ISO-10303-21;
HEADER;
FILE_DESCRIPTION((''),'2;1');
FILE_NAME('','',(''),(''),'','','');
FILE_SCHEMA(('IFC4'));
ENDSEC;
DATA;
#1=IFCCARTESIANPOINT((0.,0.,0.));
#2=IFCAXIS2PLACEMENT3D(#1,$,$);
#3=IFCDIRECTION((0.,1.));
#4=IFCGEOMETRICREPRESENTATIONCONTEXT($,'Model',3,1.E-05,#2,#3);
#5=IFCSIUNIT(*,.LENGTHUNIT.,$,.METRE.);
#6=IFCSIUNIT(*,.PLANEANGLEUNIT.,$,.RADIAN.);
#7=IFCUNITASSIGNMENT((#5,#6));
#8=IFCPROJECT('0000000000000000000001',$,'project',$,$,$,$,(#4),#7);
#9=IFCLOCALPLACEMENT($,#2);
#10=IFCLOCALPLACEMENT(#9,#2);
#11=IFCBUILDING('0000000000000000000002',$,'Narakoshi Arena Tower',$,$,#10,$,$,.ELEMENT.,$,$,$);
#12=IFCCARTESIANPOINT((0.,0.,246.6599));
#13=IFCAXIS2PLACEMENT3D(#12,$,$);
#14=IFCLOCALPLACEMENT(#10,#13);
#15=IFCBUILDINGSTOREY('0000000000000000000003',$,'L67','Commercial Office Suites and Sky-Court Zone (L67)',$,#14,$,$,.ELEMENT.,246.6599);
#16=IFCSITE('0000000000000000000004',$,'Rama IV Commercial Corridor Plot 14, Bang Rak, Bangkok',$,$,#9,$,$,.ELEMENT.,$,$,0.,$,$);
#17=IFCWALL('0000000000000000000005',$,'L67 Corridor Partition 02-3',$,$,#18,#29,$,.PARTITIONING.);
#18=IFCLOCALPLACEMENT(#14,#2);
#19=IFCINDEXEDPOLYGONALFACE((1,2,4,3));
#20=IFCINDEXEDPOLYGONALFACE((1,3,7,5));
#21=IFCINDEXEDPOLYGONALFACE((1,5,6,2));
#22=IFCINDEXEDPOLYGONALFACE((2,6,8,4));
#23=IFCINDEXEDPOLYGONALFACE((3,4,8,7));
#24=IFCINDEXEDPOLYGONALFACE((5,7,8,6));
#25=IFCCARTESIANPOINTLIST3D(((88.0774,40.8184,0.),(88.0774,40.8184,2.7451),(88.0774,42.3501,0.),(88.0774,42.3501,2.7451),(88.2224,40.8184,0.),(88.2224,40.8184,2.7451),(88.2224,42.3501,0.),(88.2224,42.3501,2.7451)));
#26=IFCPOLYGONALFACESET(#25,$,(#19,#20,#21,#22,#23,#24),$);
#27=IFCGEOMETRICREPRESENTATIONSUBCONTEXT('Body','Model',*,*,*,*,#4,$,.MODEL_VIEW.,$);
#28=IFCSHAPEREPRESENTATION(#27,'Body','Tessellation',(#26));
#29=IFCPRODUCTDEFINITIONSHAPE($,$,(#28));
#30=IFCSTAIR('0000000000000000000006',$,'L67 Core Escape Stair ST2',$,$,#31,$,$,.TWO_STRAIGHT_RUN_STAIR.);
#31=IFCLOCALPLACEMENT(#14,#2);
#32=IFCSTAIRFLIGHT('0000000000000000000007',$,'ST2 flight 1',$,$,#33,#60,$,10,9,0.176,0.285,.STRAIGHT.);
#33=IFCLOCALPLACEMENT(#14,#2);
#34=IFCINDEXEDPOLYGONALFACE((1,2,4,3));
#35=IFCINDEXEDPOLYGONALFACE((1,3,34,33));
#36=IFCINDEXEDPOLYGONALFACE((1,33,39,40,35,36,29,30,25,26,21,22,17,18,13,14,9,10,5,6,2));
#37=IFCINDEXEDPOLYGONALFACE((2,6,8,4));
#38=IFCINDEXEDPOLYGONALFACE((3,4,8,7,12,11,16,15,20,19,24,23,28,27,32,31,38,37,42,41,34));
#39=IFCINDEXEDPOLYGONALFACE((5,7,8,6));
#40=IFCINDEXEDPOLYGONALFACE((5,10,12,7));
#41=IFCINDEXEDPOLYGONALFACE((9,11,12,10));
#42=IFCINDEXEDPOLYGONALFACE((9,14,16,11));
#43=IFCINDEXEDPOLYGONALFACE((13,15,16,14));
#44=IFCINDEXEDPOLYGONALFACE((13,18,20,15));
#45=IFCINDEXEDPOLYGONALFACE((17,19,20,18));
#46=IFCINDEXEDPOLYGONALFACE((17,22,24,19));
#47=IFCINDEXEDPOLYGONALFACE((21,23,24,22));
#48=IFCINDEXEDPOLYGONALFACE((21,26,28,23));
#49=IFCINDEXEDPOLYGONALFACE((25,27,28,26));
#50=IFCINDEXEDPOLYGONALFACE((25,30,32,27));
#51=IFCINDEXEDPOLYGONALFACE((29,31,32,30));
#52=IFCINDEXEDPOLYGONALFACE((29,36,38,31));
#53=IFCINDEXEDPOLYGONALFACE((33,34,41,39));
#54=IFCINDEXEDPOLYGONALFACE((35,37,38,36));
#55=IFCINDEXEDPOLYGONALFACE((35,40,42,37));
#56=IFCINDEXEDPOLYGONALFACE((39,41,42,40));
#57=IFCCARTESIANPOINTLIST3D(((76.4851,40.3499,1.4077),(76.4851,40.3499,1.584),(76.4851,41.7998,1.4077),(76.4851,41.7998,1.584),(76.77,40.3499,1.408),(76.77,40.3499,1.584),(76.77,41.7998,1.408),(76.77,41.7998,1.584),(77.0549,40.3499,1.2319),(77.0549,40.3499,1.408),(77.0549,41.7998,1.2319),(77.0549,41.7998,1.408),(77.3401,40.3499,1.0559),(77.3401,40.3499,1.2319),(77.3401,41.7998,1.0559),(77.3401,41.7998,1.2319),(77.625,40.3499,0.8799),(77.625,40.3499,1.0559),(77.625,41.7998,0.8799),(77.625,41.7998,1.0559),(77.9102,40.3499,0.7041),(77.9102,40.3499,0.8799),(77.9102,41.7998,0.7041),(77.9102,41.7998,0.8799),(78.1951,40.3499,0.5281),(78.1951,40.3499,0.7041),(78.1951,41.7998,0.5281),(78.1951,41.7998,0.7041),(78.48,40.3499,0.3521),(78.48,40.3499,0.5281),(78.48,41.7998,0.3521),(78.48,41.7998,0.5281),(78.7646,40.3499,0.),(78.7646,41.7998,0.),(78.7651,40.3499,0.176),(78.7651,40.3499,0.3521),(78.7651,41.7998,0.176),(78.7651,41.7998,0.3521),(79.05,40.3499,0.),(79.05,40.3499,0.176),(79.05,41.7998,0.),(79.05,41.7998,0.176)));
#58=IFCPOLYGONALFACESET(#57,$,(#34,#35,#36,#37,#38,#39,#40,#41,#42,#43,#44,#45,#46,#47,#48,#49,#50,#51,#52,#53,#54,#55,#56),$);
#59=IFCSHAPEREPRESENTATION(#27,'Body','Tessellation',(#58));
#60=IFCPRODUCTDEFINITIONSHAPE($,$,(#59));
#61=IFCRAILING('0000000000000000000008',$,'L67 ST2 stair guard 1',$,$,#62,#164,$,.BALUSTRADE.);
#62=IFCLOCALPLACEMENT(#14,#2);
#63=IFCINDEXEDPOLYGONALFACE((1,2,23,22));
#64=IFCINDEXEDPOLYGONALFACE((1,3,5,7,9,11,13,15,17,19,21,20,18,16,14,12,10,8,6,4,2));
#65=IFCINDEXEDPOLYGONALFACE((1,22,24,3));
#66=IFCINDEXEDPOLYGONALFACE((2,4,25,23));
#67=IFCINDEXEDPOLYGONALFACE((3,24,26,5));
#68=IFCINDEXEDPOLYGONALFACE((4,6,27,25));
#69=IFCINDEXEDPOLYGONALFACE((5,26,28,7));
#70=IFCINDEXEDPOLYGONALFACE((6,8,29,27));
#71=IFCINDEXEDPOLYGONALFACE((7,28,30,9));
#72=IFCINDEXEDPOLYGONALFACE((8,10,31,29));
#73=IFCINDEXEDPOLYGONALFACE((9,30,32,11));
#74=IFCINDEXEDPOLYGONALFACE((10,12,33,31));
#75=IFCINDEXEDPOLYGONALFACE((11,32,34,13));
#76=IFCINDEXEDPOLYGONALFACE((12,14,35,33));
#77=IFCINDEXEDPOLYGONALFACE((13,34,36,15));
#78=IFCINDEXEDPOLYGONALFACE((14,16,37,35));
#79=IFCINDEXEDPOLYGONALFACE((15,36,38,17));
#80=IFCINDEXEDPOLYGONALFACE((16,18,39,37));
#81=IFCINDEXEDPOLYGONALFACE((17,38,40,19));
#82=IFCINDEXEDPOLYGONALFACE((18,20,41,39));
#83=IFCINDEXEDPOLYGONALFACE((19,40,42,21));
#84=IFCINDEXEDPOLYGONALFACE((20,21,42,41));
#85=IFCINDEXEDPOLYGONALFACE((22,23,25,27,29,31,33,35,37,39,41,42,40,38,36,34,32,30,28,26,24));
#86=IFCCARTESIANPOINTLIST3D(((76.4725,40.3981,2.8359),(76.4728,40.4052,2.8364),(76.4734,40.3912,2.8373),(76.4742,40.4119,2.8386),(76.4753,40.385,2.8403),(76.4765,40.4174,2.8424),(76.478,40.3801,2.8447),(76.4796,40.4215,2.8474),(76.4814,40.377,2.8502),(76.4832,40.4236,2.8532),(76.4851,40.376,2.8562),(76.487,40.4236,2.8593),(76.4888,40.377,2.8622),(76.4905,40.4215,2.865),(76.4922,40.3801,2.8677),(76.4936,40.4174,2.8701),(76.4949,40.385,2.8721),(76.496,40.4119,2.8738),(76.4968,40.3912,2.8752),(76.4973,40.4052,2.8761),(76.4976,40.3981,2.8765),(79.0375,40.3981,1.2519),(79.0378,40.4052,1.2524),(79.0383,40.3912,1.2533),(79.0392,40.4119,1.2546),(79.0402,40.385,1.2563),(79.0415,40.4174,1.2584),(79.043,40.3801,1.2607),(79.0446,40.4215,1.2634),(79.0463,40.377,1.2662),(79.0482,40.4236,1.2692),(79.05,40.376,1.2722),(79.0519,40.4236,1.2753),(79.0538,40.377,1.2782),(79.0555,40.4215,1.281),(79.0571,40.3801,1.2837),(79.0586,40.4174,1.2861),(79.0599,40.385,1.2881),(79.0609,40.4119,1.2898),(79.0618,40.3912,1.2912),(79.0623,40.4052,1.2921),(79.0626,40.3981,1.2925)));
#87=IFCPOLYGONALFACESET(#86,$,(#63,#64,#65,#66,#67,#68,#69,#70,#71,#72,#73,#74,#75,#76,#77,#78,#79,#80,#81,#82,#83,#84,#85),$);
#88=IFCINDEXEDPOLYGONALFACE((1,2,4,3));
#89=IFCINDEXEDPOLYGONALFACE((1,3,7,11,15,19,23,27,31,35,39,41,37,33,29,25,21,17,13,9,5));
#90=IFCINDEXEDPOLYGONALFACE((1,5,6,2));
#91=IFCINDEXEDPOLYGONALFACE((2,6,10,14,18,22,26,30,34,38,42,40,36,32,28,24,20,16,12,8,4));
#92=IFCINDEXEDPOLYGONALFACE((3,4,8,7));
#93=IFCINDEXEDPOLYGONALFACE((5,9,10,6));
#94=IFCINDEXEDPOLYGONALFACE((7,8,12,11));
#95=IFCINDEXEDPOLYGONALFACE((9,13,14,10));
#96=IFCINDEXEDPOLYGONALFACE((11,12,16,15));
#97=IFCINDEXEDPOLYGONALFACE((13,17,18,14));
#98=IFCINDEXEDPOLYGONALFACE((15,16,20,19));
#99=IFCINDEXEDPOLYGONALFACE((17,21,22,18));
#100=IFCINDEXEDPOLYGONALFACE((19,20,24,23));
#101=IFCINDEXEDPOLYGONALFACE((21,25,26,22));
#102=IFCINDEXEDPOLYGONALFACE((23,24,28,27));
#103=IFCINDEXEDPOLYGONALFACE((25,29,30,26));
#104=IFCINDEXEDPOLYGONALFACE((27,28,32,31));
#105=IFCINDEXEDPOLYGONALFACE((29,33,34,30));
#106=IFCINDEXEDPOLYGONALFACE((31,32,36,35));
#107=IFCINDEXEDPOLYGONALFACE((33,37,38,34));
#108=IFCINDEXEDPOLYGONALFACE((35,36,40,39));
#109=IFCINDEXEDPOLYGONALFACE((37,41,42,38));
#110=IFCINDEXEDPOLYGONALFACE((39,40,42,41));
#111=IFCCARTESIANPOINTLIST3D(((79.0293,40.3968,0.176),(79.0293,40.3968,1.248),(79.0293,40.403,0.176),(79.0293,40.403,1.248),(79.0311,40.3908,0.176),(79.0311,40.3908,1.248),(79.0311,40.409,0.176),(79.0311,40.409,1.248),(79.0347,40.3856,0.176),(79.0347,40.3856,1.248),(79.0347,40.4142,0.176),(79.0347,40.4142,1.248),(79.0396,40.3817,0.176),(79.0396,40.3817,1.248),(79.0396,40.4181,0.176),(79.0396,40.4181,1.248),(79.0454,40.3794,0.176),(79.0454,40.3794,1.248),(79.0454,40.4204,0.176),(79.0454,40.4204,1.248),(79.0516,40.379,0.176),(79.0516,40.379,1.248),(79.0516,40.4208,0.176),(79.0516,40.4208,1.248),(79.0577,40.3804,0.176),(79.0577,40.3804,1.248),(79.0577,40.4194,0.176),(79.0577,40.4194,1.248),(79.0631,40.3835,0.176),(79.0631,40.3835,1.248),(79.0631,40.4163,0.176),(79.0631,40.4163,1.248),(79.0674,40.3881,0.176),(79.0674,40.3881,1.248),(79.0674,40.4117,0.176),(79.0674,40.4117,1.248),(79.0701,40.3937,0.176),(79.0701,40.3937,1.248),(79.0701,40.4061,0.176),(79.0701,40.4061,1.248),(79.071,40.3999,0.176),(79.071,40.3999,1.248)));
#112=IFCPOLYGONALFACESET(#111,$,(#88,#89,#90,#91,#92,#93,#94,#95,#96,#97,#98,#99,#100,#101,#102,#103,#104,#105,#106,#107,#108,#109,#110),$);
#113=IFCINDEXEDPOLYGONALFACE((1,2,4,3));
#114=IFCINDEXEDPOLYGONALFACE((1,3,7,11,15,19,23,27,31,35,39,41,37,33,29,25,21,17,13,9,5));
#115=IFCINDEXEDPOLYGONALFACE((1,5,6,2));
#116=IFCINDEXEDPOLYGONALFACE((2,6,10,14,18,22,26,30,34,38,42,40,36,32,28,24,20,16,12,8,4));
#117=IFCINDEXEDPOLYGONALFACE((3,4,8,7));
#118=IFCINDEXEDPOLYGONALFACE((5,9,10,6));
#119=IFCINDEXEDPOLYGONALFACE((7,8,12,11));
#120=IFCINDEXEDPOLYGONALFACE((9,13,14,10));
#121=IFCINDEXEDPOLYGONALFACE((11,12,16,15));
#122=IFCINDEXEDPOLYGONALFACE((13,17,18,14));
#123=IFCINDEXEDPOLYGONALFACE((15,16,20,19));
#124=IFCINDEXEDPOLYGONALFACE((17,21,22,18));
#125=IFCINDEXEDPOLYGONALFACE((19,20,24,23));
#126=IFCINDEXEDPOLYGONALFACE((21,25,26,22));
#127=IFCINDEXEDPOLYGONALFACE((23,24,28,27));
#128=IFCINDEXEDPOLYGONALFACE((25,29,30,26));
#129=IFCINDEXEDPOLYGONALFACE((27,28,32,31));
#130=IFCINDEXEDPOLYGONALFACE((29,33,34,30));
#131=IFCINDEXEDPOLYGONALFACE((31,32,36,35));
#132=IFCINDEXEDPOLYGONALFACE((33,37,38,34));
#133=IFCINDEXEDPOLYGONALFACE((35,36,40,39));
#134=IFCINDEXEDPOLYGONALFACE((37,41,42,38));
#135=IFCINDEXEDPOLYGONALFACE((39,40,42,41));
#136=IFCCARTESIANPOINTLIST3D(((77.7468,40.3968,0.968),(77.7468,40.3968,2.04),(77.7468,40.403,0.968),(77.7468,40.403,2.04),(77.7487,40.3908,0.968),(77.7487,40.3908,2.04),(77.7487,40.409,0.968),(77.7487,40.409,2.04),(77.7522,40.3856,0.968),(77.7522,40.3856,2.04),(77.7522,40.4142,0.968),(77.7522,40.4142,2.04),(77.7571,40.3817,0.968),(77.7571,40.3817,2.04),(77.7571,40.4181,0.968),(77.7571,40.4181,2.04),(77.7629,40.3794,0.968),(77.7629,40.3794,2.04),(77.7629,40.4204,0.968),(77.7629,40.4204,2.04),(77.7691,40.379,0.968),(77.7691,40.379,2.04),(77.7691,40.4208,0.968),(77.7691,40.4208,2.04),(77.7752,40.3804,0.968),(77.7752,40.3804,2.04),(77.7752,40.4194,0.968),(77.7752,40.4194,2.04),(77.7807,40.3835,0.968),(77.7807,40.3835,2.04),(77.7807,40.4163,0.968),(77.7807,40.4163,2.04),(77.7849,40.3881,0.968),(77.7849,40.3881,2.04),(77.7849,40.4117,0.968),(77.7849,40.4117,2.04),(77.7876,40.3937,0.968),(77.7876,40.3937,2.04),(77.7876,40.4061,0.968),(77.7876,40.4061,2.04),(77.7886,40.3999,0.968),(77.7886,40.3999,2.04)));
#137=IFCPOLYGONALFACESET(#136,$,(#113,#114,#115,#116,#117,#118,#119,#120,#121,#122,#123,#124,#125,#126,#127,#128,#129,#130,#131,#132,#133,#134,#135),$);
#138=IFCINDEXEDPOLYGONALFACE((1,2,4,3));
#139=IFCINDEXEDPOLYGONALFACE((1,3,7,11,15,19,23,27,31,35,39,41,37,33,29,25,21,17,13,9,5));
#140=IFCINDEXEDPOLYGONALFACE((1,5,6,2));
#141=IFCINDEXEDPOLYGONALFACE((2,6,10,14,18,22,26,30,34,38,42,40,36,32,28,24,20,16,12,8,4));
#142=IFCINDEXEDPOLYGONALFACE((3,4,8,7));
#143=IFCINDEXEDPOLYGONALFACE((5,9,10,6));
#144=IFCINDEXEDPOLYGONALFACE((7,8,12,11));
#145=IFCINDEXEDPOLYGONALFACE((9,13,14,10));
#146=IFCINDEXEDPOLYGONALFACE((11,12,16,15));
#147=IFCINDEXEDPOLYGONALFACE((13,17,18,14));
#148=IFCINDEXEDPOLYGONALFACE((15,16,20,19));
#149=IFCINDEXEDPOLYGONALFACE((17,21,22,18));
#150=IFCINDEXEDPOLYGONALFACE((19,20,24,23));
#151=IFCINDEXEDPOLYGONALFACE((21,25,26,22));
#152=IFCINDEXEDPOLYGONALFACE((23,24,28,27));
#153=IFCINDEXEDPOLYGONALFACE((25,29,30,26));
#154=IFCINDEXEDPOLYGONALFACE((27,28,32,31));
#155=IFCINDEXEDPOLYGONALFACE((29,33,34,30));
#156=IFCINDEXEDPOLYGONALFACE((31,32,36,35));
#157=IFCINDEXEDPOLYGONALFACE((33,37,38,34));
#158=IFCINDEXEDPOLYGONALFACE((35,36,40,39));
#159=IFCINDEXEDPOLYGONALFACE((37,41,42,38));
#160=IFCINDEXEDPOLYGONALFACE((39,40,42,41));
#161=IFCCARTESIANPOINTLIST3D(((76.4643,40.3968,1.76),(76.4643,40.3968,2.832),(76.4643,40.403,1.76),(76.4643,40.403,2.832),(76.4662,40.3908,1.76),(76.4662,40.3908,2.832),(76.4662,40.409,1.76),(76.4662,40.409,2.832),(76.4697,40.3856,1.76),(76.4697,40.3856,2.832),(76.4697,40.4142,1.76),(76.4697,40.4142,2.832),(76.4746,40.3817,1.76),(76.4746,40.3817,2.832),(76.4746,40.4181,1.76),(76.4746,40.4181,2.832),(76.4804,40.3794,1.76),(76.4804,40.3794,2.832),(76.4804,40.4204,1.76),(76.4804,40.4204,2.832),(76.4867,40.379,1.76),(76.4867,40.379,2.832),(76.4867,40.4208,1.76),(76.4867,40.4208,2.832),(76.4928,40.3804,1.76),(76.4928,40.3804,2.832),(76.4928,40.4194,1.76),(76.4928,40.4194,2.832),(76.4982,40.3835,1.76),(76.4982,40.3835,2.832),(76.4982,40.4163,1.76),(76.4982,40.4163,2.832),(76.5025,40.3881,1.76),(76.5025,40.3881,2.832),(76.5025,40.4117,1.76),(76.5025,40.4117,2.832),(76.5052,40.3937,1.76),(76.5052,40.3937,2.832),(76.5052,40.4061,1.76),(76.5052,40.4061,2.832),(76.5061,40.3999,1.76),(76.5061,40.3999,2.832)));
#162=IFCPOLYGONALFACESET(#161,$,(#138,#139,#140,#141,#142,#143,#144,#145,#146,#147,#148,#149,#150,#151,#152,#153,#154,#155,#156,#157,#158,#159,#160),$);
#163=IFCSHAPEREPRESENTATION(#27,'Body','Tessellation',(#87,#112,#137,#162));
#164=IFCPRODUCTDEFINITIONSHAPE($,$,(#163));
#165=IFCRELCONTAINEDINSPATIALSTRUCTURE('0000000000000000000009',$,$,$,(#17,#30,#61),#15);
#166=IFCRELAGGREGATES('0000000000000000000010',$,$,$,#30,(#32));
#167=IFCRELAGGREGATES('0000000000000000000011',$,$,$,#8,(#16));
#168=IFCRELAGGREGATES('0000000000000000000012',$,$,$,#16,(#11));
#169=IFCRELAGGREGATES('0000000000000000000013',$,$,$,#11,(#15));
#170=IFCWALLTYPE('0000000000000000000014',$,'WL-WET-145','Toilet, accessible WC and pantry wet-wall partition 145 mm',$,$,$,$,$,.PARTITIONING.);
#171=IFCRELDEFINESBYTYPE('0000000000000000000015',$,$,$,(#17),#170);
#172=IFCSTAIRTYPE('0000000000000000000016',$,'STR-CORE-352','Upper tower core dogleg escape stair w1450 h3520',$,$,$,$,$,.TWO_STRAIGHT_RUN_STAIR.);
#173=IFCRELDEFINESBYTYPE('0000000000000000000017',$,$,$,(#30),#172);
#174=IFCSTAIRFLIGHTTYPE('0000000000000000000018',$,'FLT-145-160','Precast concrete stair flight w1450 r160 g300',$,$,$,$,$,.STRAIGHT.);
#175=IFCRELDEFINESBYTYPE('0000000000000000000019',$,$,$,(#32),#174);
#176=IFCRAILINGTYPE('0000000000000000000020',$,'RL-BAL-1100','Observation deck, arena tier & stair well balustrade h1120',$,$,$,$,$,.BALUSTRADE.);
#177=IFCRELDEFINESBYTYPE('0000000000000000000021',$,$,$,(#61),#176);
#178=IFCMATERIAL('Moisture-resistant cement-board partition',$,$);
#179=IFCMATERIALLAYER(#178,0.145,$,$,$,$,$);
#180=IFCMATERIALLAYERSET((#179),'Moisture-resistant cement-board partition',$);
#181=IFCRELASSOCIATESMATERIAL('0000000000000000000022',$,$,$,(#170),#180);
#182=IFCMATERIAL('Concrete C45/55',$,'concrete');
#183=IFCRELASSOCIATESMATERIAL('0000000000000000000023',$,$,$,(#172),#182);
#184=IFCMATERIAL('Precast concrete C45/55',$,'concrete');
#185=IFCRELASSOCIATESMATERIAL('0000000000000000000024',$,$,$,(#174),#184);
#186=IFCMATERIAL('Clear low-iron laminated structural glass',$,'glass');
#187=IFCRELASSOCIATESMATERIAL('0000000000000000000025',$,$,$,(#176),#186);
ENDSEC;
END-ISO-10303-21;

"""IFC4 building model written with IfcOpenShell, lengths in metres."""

from ifc_helpers import new_model, si_unit, direction, frame, frame_2d, origin, origin_2d, place, context, subcontext, project, spatial, polyline, rectangle, circle, outline, extrude, material, layer, layer_set, type_object, element, aggregate, save


model = new_model("IFC4")

# Units and contexts
model_context = context("Model", 3, precision=1e-05, world=origin(), true_north=direction((0.0, 1.0)))
body_context = subcontext(model_context, "Body", "Model", "MODEL_VIEW")
ifc_project = project(units=[si_unit("LENGTHUNIT", "METRE"), si_unit("PLANEANGLEUNIT", "RADIAN")], contexts=[model_context])

# Site, building, storey
site_placement = place(None, origin())
site = spatial("IfcSite", under=ifc_project, at=site_placement, Name="Rama IV Commercial Corridor Plot 14, Bang Rak, Bangkok", CompositionType="ELEMENT", RefElevation=0.0)
building_placement = place(site_placement, origin())
building = spatial("IfcBuilding", under=site, at=building_placement, Name="Narakoshi Arena Tower", CompositionType="ELEMENT")
storey_placement = place(building_placement, frame((0.0, 0.0, 246.6599)))
storey = spatial("IfcBuildingStorey", under=building, at=storey_placement, Name="L67", Description="Commercial Office Suites and Sky-Court Zone (L67)", CompositionType="ELEMENT", Elevation=246.6599)

# Shared definitions
ifc_material_1 = material(Name="Moisture-resistant cement-board partition")
ifc_layer_1 = layer(ifc_material_1, 0.145)
ifc_layer_set_1 = layer_set([ifc_layer_1], Name="Moisture-resistant cement-board partition")
wall_type_1 = type_object("IfcWallType", Name="WL-WET-145", Description="Toilet, accessible WC and pantry wet-wall partition 145 mm", PredefinedType="PARTITIONING", material=ifc_layer_set_1)

# Wall
wall_1_placement = place(storey_placement, frame((88.1499, 40.8184, 0.0), z_axis=(0.0, 0.0, 1.0), x_axis=(0.0, 1.0, 0.0)))
element("IfcWall", 1, at=wall_1_placement, inside=storey, type_object=wall_type_1, Name="L67 Corridor Partition 02-3", PredefinedType="PARTITIONING", context=body_context, shape_type="SweptSolid", body=[
    extrude(rectangle(XDim=1.5317, YDim=0.145, at=frame_2d((0.7659, 0.0))), origin(), (0.0, 0.0, 1.0), 2.7451),
])

# Stair, stair flight
ifc_material_2 = material(Name="Concrete C45/55", Category="concrete")
stair_type = type_object("IfcStairType", Name="STR-CORE-352", Description="Upper tower core dogleg escape stair w1450 h3520", PredefinedType="TWO_STRAIGHT_RUN_STAIR", material=ifc_material_2)
stair_placement = place(storey_placement, origin())
stair = element("IfcStair", 2, at=stair_placement, inside=storey, type_object=stair_type, Name="L67 Core Escape Stair ST2", PredefinedType="TWO_STRAIGHT_RUN_STAIR")
ifc_material_3 = material(Name="Precast concrete C45/55", Category="concrete")
stair_flight_type = type_object("IfcStairFlightType", Name="FLT-145-160", Description="Precast concrete stair flight w1450 r160 g300", PredefinedType="STRAIGHT", material=ifc_material_3)
stair_flight_placement = place(storey_placement, frame((79.05, 41.075, 0.0), z_axis=(0.0, 0.0, 1.0), x_axis=(-1.0, 0.0, 0.0)))
stair_flight = element("IfcStairFlight", 3, at=stair_flight_placement, type_object=stair_flight_type, Name="ST2 flight 1", NumberOfRisers=10, NumberOfTreads=9, PredefinedType="STRAIGHT", RiserHeight=0.176, TreadLength=0.285, context=body_context, shape_type="SweptSolid", body=[
    extrude(outline(polyline([(0.0, 0.0), (0.0, 0.176), (0.2849, 0.176), (0.2849, 0.3521), (0.5701, 0.3521), (0.5701, 0.5281), (0.855, 0.5281), (0.855, 0.7041), (1.1399, 0.7041), (1.1399, 0.8799), (1.425, 0.8799), (1.425, 1.0559), (1.71, 1.0559), (1.71, 1.2319), (1.9951, 1.2319), (1.9951, 1.408), (2.28, 1.408), (2.28, 1.584), (2.5649, 1.584), (2.5649, 1.76), (2.5649, 1.4077), (0.2854, 0.0), (0.0, 0.0)])), frame((0.0, 0.7251, 0.0), z_axis=(0.0, -1.0, 0.0), x_axis=(1.0, 0.0, 0.0)), (0.0, 0.0, 1.0), 1.45),
])
aggregate(stair, [stair_flight])

# Railing
ifc_material_4 = material(Name="Clear low-iron laminated structural glass", Category="glass")
railing_type_1 = type_object("IfcRailingType", Name="RL-BAL-1100", Description="Observation deck, arena tier & stair well balustrade h1120", PredefinedType="BALUSTRADE", material=ifc_material_4)
railing_1_placement = place(storey_placement, frame((79.05, 40.3999, 0.176)))
element("IfcRailing", 4, at=railing_1_placement, inside=storey, type_object=railing_type_1, Name="L67 ST2 stair guard 1", PredefinedType="BALUSTRADE", context=body_context, shape_type="SweptSolid", body=[
    extrude(circle(Radius=0.0239, at=origin_2d()), frame((0.0, 0.0, 1.0962), z_axis=(-0.850834, 0.0, 0.525434), x_axis=(0.0, -1.0, 0.0)), (0.0, 0.0, 1.0), 3.0146),
    extrude(circle(Radius=0.021, at=origin_2d()), origin(), (0.0, 0.0, 1.0), 1.072),
    extrude(circle(Radius=0.021, at=origin_2d()), frame((-1.2825, 0.0, 0.792)), (0.0, 0.0, 1.0), 1.072),
    extrude(circle(Radius=0.021, at=origin_2d()), frame((-2.5649, 0.0, 1.584)), (0.0, 0.0, 1.0), 1.072),
])

save(model, "model.ifc")
